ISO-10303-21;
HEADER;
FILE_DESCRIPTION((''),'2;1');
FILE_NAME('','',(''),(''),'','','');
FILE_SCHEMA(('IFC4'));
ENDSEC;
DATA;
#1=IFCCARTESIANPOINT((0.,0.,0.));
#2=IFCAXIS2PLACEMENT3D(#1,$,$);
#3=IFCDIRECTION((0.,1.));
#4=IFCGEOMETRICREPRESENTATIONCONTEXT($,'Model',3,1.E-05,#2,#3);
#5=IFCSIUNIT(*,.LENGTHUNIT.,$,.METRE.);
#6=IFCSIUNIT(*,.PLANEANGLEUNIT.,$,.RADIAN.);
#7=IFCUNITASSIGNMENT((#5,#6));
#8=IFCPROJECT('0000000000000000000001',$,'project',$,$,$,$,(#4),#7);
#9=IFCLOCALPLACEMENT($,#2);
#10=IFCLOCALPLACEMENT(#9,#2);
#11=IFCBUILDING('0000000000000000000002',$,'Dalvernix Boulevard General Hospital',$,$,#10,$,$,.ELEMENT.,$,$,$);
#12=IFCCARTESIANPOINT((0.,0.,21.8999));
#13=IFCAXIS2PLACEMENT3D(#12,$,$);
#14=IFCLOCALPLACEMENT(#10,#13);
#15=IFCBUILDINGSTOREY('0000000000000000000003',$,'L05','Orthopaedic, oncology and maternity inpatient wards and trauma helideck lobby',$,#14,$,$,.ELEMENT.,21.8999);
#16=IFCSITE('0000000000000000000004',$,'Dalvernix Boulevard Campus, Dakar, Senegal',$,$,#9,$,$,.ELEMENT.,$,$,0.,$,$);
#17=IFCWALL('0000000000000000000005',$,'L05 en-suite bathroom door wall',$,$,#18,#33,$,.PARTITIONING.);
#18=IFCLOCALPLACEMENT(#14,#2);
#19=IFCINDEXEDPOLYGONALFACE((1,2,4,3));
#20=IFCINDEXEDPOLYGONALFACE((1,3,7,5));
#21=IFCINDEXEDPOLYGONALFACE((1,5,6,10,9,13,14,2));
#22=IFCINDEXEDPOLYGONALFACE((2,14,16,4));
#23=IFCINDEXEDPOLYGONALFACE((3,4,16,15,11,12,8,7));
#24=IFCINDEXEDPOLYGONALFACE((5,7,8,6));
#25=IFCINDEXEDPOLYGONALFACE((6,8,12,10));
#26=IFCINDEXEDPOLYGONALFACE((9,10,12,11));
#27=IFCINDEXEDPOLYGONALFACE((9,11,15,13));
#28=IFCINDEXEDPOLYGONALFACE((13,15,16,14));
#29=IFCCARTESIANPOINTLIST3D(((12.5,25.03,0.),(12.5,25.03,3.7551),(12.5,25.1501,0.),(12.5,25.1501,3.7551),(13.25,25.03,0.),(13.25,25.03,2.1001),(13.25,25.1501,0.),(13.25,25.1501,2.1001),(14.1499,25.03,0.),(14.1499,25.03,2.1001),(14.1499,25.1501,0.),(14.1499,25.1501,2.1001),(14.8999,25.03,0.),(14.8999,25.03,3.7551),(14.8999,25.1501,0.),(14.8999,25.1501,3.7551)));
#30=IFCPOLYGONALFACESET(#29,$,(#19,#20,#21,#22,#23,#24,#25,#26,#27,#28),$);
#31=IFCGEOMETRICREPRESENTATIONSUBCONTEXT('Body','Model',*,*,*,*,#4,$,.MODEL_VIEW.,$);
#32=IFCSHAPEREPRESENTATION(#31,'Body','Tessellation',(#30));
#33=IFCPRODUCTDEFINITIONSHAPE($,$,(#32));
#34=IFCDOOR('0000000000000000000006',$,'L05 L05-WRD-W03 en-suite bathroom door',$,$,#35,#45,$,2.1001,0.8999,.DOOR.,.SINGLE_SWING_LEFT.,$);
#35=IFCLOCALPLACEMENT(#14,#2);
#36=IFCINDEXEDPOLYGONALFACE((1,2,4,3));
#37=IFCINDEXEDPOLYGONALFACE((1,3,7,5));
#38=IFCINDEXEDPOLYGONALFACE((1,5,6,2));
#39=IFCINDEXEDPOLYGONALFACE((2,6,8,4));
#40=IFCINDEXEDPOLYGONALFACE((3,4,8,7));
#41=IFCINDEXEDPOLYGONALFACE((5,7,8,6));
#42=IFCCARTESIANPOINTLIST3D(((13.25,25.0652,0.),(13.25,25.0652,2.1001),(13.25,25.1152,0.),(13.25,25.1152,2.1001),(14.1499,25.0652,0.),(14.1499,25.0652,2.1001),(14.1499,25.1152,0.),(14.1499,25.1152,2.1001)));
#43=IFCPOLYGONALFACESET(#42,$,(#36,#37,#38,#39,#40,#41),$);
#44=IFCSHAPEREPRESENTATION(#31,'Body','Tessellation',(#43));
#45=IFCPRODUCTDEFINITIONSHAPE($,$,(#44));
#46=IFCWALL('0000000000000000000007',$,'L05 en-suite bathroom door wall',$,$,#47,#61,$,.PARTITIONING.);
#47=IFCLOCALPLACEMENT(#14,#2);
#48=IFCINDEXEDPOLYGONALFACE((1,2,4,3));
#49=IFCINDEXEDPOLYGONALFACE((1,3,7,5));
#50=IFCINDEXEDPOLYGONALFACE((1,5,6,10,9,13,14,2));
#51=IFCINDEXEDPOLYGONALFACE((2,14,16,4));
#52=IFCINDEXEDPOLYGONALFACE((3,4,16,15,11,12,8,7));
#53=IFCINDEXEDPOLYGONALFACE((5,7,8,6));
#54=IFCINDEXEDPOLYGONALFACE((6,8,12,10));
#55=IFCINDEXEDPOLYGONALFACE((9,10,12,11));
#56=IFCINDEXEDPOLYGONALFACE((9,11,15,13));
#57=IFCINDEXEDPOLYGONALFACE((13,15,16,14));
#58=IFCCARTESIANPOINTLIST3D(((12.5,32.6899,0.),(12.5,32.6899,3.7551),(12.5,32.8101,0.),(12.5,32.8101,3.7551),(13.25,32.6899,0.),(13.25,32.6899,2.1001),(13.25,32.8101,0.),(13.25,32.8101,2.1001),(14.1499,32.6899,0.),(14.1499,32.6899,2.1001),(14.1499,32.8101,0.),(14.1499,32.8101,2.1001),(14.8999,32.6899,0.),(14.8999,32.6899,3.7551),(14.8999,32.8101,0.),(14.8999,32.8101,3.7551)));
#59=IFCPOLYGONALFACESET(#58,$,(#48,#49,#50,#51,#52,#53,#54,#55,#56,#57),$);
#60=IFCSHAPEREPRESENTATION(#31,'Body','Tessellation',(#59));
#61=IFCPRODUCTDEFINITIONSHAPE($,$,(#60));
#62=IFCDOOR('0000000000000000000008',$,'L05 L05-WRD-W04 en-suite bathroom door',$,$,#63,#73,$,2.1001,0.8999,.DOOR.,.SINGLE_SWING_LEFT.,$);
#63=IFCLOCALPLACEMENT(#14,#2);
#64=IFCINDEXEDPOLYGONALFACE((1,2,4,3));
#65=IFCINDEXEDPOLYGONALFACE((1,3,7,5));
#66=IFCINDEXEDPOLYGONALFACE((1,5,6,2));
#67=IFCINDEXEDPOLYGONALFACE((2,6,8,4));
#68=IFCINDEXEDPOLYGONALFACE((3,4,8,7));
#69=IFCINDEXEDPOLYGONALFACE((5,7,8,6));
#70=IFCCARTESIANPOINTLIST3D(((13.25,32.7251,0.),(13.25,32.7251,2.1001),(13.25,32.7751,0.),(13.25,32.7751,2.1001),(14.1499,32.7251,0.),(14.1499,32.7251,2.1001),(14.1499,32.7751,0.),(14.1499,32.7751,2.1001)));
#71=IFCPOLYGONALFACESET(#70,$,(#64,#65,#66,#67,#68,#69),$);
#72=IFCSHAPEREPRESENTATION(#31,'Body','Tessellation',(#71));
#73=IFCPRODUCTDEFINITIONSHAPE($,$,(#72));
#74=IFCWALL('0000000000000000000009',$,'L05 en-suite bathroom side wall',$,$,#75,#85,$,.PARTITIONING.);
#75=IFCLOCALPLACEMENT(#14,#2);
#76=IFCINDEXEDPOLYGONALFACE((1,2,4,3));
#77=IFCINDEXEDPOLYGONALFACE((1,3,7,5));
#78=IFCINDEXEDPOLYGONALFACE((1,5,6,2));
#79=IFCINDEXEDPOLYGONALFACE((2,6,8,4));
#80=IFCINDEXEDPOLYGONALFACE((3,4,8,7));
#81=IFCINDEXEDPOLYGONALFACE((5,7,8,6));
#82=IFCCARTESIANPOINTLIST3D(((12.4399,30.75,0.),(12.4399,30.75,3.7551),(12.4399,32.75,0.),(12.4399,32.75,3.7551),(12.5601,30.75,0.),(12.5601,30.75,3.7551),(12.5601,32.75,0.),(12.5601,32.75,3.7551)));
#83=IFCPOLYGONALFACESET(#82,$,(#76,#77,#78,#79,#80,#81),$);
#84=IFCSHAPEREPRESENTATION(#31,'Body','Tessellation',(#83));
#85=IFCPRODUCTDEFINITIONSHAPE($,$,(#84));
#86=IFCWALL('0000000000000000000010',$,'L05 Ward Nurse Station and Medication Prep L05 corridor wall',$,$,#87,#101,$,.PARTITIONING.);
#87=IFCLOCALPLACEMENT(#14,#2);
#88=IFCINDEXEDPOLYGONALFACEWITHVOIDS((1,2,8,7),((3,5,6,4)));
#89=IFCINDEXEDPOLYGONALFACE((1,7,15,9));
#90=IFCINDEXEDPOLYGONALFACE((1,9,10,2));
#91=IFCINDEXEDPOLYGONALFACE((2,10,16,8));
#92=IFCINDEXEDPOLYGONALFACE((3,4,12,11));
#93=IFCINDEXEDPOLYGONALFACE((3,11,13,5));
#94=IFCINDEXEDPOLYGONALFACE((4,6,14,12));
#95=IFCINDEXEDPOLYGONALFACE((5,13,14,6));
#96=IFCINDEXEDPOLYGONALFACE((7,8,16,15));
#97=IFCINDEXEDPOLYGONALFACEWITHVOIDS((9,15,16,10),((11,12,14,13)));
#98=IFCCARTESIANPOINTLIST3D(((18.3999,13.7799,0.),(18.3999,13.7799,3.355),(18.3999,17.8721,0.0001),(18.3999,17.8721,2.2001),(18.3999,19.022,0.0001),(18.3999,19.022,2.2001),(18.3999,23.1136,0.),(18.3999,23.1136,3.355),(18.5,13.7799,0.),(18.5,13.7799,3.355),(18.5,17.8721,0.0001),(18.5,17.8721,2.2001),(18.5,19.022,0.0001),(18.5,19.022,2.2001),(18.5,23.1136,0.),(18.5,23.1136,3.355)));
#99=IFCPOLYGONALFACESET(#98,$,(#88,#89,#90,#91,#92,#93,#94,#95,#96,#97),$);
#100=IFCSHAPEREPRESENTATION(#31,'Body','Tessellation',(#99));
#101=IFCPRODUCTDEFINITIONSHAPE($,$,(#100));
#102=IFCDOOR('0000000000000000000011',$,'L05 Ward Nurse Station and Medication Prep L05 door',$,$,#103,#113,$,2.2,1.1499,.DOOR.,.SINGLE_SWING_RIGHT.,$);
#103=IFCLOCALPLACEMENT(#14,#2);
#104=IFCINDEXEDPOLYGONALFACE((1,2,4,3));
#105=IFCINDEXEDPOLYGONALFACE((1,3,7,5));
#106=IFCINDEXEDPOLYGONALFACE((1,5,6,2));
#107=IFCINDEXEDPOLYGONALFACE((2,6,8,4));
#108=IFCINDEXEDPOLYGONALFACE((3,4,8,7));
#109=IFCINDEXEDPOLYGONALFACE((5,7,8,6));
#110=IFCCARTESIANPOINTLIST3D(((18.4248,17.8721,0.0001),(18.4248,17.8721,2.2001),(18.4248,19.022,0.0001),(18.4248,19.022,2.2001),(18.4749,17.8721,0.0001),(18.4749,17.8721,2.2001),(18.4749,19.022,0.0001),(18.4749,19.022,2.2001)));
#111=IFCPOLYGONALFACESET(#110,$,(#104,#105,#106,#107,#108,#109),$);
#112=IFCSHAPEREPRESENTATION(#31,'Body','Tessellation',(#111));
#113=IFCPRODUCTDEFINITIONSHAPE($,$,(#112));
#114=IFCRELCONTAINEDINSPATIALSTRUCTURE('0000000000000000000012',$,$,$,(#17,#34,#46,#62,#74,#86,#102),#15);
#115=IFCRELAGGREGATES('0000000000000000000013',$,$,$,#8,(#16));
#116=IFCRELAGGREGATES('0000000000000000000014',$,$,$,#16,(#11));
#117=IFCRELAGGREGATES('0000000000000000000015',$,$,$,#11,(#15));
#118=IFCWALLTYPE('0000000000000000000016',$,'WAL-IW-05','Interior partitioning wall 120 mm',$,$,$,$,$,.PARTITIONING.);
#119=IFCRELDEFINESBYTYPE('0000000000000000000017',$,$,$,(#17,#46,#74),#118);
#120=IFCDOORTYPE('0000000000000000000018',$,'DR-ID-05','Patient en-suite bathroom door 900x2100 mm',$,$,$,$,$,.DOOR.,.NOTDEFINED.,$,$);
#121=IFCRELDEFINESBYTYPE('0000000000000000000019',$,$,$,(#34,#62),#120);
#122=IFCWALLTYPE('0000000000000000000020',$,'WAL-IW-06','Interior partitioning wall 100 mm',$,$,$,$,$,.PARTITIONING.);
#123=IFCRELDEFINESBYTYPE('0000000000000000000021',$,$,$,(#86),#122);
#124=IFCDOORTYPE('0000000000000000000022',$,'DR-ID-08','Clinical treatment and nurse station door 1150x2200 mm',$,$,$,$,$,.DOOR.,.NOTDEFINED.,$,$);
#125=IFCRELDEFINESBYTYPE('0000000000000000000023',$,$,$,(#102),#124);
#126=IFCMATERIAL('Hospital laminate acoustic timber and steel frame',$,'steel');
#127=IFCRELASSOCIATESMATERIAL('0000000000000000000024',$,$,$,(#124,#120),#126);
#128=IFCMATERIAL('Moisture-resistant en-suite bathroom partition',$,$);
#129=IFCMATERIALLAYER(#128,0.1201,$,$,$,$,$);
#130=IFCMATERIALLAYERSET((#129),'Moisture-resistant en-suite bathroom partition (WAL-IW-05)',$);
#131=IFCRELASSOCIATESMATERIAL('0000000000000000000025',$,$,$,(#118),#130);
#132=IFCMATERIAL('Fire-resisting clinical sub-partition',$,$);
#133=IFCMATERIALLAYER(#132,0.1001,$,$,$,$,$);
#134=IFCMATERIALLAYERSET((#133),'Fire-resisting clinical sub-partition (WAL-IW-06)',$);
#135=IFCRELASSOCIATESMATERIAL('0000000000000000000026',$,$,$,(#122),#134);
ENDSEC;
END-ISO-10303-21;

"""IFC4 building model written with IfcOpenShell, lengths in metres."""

from ifc_helpers import new_model, si_unit, direction, frame, frame_2d, origin, place, context, subcontext, project, spatial, rectangle, extrude, material, layer, layer_set, type_object, element, fill, save


model = new_model("IFC4")

# Units and contexts
model_context = context("Model", 3, precision=1e-05, world=origin(), true_north=direction((0.0, 1.0)))
body_context = subcontext(model_context, "Body", "Model", "MODEL_VIEW")
ifc_project = project(units=[si_unit("LENGTHUNIT", "METRE"), si_unit("PLANEANGLEUNIT", "RADIAN")], contexts=[model_context])

# Site, building, storey
site_placement = place(None, origin())
site = spatial("IfcSite", under=ifc_project, at=site_placement, Name="Dalvernix Boulevard Campus, Dakar, Senegal", CompositionType="ELEMENT", RefElevation=0.0)
building_placement = place(site_placement, origin())
building = spatial("IfcBuilding", under=site, at=building_placement, Name="Dalvernix Boulevard General Hospital", CompositionType="ELEMENT")
storey_placement = place(building_placement, frame((0.0, 0.0, 21.8999)))
storey = spatial("IfcBuildingStorey", under=building, at=storey_placement, Name="L05", Description="Orthopaedic, oncology and maternity inpatient wards and trauma helideck lobby", CompositionType="ELEMENT", Elevation=21.8999)

# Shared definitions
ifc_material_1 = material(Name="Hospital laminate acoustic timber and steel frame", Category="steel")
door_type_1 = type_object("IfcDoorType", Name="DR-ID-08", Description="Clinical treatment and nurse station door 1150x2200 mm", OperationType="NOTDEFINED", PredefinedType="DOOR", material=ifc_material_1)

# Walls, openings, doors
ifc_material_2 = material(Name="Moisture-resistant en-suite bathroom partition")
ifc_layer_1 = layer(ifc_material_2, 0.1201)
ifc_layer_set_1 = layer_set([ifc_layer_1], Name="Moisture-resistant en-suite bathroom partition (WAL-IW-05)")
wall_type_1 = type_object("IfcWallType", Name="WAL-IW-05", Description="Interior partitioning wall 120 mm", PredefinedType="PARTITIONING", material=ifc_layer_set_1)
wall_1_placement = place(storey_placement, frame((14.8999, 25.0901, 0.0), z_axis=(0.0, 0.0, 1.0), x_axis=(-1.0, 0.0, 0.0)))
wall_1 = element("IfcWall", 1, at=wall_1_placement, inside=storey, type_object=wall_type_1, Name="L05 en-suite bathroom door wall", PredefinedType="PARTITIONING", context=body_context, shape_type="SweptSolid", body=[
    extrude(rectangle(XDim=2.3999, YDim=0.1201, at=frame_2d((1.2, 0.0))), origin(), (0.0, 0.0, 1.0), 3.7551),
])
opening_1_placement = place(wall_1_placement, frame((0.75, 0.0, 0.0)))
opening_1 = element("IfcOpeningElement", 2, at=opening_1_placement, cuts=wall_1, PredefinedType="OPENING", context=body_context, shape_type="SweptSolid", body=[
    extrude(rectangle(XDim=0.8999, YDim=2.1001, at=frame_2d((0.45, 1.05))), frame((0.0, 0.0701, 0.0), z_axis=(0.0, -1.0, 0.0), x_axis=(1.0, 0.0, 0.0)), (0.0, 0.0, 1.0), 0.1401),
])
door_type_2 = type_object("IfcDoorType", Name="DR-ID-05", Description="Patient en-suite bathroom door 900x2100 mm", OperationType="NOTDEFINED", PredefinedType="DOOR", material=ifc_material_1)
door_1_placement = place(opening_1_placement, origin())
door_1 = element("IfcDoor", 3, at=door_1_placement, inside=storey, type_object=door_type_2, Name="L05 L05-WRD-W03 en-suite bathroom door", OperationType="SINGLE_SWING_LEFT", OverallHeight=2.1001, OverallWidth=0.8999, PredefinedType="DOOR", context=body_context, shape_type="SweptSolid", body=[
    extrude(rectangle(XDim=0.8999, YDim=2.1001, at=frame_2d((0.45, 1.05))), frame((0.0, 0.0249, 0.0), z_axis=(0.0, -1.0, 0.0), x_axis=(1.0, 0.0, 0.0)), (0.0, 0.0, 1.0), 0.05),
])
fill(opening_1, door_1)
wall_2_placement = place(storey_placement, frame((14.8999, 32.75, 0.0), z_axis=(0.0, 0.0, 1.0), x_axis=(-1.0, 0.0, 0.0)))
wall_2 = element("IfcWall", 4, at=wall_2_placement, inside=storey, type_object=wall_type_1, Name="L05 en-suite bathroom door wall", PredefinedType="PARTITIONING", context=body_context, shape_type="SweptSolid", body=[
    extrude(rectangle(XDim=2.3999, YDim=0.1201, at=frame_2d((1.2, 0.0))), origin(), (0.0, 0.0, 1.0), 3.7551),
])
opening_2_placement = place(wall_2_placement, frame((0.75, 0.0, 0.0)))
opening_2 = element("IfcOpeningElement", 5, at=opening_2_placement, cuts=wall_2, PredefinedType="OPENING", context=body_context, shape_type="SweptSolid", body=[
    extrude(rectangle(XDim=0.8999, YDim=2.1001, at=frame_2d((0.45, 1.05))), frame((0.0, 0.0701, 0.0), z_axis=(0.0, -1.0, 0.0), x_axis=(1.0, 0.0, 0.0)), (0.0, 0.0, 1.0), 0.1401),
])
door_2_placement = place(opening_2_placement, origin())
door_2 = element("IfcDoor", 6, at=door_2_placement, inside=storey, type_object=door_type_2, Name="L05 L05-WRD-W04 en-suite bathroom door", OperationType="SINGLE_SWING_LEFT", OverallHeight=2.1001, OverallWidth=0.8999, PredefinedType="DOOR", context=body_context, shape_type="SweptSolid", body=[
    extrude(rectangle(XDim=0.8999, YDim=2.1001, at=frame_2d((0.45, 1.05))), frame((0.0, 0.0249, 0.0), z_axis=(0.0, -1.0, 0.0), x_axis=(1.0, 0.0, 0.0)), (0.0, 0.0, 1.0), 0.05),
])
fill(opening_2, door_2)

# Wall
wall_3_placement = place(storey_placement, frame((12.5, 30.75, 0.0), z_axis=(0.0, 0.0, 1.0), x_axis=(0.0, 1.0, 0.0)))
element("IfcWall", 7, at=wall_3_placement, inside=storey, type_object=wall_type_1, Name="L05 en-suite bathroom side wall", PredefinedType="PARTITIONING", context=body_context, shape_type="SweptSolid", body=[
    extrude(rectangle(XDim=2.0, YDim=0.1201, at=frame_2d((1.0, 0.0))), origin(), (0.0, 0.0, 1.0), 3.7551),
])

# Wall, opening, door
ifc_material_3 = material(Name="Fire-resisting clinical sub-partition")
ifc_layer_2 = layer(ifc_material_3, 0.1001)
ifc_layer_set_2 = layer_set([ifc_layer_2], Name="Fire-resisting clinical sub-partition (WAL-IW-06)")
wall_type_2 = type_object("IfcWallType", Name="WAL-IW-06", Description="Interior partitioning wall 100 mm", PredefinedType="PARTITIONING", material=ifc_layer_set_2)
wall_4_placement = place(storey_placement, frame((18.45, 23.1138, 0.0), z_axis=(0.0, 0.0, 1.0), x_axis=(0.0, -1.0, 0.0)))
wall_4 = element("IfcWall", 8, at=wall_4_placement, inside=storey, type_object=wall_type_2, Name="L05 Ward Nurse Station and Medication Prep L05 corridor wall", PredefinedType="PARTITIONING", context=body_context, shape_type="SweptSolid", body=[
    extrude(rectangle(XDim=9.3337, YDim=0.1001, at=frame_2d((4.667, 0.0))), origin(), (0.0, 0.0, 1.0), 3.355),
])
opening_3_placement = place(wall_4_placement, frame((4.0918, 0.0, 0.0)))
opening_3 = element("IfcOpeningElement", 9, at=opening_3_placement, cuts=wall_4, PredefinedType="OPENING", context=body_context, shape_type="SweptSolid", body=[
    extrude(rectangle(XDim=1.1499, YDim=2.2, at=frame_2d((0.575, 1.1001))), frame((0.0, 0.0601, 0.0), z_axis=(0.0, -1.0, 0.0), x_axis=(1.0, 0.0, 0.0)), (0.0, 0.0, 1.0), 0.1201),
])
door_3_placement = place(opening_3_placement, origin())
door_3 = element("IfcDoor", 10, at=door_3_placement, inside=storey, type_object=door_type_1, Name="L05 Ward Nurse Station and Medication Prep L05 door", OperationType="SINGLE_SWING_RIGHT", OverallHeight=2.2, OverallWidth=1.1499, PredefinedType="DOOR", context=body_context, shape_type="SweptSolid", body=[
    extrude(rectangle(XDim=1.1499, YDim=2.2, at=frame_2d((0.575, 1.1001))), frame((0.0, 0.0249, 0.0), z_axis=(0.0, -1.0, 0.0), x_axis=(1.0, 0.0, 0.0)), (0.0, 0.0, 1.0), 0.05),
])
fill(opening_3, door_3)

save(model, "model.ifc")
